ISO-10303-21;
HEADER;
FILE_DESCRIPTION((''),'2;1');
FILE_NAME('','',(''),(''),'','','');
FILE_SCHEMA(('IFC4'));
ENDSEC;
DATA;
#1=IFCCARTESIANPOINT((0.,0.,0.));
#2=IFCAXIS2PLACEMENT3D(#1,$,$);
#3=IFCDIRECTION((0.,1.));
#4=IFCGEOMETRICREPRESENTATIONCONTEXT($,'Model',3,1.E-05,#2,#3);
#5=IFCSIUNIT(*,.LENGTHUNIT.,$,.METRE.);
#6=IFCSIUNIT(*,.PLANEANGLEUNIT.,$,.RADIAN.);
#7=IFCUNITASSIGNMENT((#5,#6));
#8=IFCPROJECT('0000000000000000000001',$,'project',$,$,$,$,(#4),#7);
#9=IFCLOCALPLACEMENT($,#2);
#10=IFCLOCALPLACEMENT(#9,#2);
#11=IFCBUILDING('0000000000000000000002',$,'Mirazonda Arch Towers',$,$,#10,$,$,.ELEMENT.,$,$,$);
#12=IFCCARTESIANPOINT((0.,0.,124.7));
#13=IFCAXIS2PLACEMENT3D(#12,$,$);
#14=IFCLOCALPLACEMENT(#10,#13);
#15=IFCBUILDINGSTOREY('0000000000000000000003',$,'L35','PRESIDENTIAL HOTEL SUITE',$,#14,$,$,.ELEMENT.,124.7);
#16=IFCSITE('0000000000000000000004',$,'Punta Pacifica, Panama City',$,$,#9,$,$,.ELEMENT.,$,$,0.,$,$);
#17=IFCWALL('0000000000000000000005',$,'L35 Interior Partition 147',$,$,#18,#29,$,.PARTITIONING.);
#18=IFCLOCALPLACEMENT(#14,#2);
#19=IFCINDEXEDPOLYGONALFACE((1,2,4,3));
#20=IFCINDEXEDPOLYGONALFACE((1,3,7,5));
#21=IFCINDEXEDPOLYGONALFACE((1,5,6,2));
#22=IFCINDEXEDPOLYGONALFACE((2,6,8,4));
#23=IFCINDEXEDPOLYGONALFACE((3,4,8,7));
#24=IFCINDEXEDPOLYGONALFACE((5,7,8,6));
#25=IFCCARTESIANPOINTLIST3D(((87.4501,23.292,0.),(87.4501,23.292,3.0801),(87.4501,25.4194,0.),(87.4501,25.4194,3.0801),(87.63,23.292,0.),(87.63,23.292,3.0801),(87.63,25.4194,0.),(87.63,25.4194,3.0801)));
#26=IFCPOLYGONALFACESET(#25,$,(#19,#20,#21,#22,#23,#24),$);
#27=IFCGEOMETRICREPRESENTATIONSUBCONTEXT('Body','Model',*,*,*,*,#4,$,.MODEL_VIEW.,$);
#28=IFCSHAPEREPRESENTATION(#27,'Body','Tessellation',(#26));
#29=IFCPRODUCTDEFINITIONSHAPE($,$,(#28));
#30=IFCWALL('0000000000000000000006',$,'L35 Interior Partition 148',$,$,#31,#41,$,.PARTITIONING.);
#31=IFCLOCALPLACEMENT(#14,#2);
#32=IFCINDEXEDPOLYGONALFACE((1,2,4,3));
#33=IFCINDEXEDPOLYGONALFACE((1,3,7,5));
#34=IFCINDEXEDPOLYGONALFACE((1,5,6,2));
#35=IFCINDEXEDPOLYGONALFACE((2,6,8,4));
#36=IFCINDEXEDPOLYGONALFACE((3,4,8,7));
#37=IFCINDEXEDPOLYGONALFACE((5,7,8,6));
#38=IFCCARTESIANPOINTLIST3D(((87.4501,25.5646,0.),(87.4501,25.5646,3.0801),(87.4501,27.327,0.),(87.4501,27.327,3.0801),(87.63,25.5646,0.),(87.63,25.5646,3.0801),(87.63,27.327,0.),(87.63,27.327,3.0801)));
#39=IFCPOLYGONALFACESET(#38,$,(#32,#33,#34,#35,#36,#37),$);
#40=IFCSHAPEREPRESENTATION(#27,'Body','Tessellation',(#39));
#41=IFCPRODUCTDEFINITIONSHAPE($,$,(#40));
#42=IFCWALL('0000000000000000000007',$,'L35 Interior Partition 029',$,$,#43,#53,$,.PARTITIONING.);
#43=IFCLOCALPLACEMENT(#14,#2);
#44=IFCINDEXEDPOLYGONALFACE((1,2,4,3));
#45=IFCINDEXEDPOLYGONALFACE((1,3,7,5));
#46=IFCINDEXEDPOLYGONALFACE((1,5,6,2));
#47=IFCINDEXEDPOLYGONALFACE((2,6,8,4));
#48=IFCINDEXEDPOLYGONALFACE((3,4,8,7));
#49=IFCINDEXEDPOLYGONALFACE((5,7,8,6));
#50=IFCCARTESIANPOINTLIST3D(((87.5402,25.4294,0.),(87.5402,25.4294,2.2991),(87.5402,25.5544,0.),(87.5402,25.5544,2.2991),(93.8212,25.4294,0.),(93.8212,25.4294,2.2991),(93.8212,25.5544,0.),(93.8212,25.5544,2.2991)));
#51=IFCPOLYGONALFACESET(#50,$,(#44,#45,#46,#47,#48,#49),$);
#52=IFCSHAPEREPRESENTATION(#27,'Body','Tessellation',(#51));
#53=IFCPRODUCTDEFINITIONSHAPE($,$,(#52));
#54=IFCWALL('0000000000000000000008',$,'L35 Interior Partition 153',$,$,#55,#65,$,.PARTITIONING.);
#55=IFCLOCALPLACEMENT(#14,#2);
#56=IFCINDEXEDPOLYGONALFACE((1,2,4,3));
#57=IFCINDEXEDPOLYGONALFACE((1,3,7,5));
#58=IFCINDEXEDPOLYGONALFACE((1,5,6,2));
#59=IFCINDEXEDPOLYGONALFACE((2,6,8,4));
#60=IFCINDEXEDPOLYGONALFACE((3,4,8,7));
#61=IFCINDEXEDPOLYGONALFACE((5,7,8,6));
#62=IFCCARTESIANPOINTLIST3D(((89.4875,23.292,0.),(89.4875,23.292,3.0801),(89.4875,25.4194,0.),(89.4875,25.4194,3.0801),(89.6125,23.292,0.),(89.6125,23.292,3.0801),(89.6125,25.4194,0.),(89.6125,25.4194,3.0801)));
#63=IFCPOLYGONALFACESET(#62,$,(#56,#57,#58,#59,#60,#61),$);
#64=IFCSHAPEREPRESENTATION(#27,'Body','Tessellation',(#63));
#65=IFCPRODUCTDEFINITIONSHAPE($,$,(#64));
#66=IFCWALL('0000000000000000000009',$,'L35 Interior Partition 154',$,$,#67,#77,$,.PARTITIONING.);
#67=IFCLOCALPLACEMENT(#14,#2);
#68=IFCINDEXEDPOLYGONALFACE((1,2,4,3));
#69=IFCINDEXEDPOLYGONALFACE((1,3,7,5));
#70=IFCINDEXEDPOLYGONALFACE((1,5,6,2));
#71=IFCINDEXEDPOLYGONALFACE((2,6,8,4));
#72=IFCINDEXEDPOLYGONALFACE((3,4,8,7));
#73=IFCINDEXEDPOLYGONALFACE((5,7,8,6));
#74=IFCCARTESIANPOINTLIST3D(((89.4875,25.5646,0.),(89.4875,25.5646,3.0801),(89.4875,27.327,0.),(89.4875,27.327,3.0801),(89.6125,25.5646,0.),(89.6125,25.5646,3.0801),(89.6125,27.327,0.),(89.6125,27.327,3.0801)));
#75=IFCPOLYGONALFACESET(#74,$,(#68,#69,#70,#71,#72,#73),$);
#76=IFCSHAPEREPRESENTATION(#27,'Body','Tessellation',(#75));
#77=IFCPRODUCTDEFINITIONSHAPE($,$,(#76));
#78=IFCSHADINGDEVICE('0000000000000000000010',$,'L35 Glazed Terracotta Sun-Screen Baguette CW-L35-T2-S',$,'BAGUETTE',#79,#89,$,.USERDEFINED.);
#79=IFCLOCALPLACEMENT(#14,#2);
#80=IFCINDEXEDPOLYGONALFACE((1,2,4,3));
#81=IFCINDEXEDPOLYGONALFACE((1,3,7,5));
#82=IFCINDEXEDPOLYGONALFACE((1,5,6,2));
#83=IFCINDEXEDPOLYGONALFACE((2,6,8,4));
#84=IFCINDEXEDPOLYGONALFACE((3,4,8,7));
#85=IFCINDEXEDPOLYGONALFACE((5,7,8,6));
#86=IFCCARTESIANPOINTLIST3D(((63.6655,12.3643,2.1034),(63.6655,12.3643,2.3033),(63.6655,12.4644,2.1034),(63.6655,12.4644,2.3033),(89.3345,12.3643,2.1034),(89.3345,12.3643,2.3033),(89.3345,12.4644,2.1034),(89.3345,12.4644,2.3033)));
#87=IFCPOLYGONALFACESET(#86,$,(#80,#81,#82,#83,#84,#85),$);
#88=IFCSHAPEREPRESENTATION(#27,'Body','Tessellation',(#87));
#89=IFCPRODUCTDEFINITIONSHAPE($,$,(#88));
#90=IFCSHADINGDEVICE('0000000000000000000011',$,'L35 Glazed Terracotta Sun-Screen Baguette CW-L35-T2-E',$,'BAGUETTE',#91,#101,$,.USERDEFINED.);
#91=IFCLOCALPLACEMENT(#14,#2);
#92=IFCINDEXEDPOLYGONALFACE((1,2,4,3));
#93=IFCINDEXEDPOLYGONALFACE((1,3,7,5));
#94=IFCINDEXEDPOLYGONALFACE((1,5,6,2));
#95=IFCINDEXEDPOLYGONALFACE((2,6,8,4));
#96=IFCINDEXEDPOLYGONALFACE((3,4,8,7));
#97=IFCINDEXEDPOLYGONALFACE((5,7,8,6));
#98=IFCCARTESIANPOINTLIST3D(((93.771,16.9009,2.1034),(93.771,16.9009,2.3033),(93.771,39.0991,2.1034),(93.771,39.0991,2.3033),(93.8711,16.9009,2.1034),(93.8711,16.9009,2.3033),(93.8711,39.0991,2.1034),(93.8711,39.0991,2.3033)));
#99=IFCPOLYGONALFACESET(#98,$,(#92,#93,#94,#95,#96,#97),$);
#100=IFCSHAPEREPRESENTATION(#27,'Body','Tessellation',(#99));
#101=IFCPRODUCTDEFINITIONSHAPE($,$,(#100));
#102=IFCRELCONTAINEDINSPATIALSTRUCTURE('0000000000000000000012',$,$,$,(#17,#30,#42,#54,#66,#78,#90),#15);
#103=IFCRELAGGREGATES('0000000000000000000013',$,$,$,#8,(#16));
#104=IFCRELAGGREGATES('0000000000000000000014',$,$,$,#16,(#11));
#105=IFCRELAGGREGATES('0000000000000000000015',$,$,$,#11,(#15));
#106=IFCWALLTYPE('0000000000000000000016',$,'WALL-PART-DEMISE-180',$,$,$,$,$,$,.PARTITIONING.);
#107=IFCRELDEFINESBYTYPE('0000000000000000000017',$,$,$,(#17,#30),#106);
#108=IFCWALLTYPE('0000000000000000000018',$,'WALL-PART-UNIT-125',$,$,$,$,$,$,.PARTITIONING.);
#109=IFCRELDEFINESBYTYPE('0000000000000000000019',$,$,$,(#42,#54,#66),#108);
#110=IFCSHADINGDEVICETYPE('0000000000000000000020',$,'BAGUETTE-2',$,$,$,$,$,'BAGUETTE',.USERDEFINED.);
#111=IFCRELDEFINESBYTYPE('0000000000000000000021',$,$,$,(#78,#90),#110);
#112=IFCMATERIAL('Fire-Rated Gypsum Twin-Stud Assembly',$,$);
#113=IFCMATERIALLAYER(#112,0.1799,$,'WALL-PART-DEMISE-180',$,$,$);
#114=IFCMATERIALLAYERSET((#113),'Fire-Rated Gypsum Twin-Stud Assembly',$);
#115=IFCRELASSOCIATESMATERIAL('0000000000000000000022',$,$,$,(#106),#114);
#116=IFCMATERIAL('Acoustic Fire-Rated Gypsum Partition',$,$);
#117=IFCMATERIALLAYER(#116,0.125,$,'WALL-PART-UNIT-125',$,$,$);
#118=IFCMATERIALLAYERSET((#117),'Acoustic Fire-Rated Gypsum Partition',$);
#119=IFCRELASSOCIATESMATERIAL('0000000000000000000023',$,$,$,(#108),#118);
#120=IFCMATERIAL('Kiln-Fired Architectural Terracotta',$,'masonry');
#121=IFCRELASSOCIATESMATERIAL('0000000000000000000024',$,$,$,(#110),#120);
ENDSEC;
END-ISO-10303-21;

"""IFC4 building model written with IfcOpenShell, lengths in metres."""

from ifc_helpers import new_model, si_unit, direction, frame, frame_2d, origin, origin_2d, place, context, subcontext, project, spatial, rectangle, extrude, material, layer, layer_set, material_profile, profile_set, type_object, element, save


model = new_model("IFC4")

# Units and contexts
model_context = context("Model", 3, precision=1e-05, world=origin(), true_north=direction((0.0, 1.0)))
body_context = subcontext(model_context, "Body", "Model", "MODEL_VIEW")
ifc_project = project(units=[si_unit("LENGTHUNIT", "METRE"), si_unit("PLANEANGLEUNIT", "RADIAN")], contexts=[model_context])

# Site, building, storey
site_placement = place(None, origin())
site = spatial("IfcSite", under=ifc_project, at=site_placement, Name="Punta Pacifica, Panama City", CompositionType="ELEMENT", RefElevation=0.0)
building_placement = place(site_placement, origin())
building = spatial("IfcBuilding", under=site, at=building_placement, Name="Mirazonda Arch Towers", CompositionType="ELEMENT")
storey_placement = place(building_placement, frame((0.0, 0.0, 124.7)))
storey = spatial("IfcBuildingStorey", under=building, at=storey_placement, Name="L35", Description="PRESIDENTIAL HOTEL SUITE", CompositionType="ELEMENT", Elevation=124.7)

# Shared definitions
ifc_material_1 = material(Name="Fire-Rated Gypsum Twin-Stud Assembly")
ifc_layer_1 = layer(ifc_material_1, 0.1799, Name="WALL-PART-DEMISE-180")
ifc_layer_set_1 = layer_set([ifc_layer_1], Name="Fire-Rated Gypsum Twin-Stud Assembly")
wall_type_1 = type_object("IfcWallType", Name="WALL-PART-DEMISE-180", PredefinedType="PARTITIONING", material=ifc_layer_set_1)

# Walls
wall_1_placement = place(storey_placement, frame((87.54, 23.292, 0.0), z_axis=(0.0, 0.0, 1.0), x_axis=(0.0, 1.0, 0.0)))
element("IfcWall", 1, at=wall_1_placement, inside=storey, type_object=wall_type_1, Name="L35 Interior Partition 147", PredefinedType="PARTITIONING", context=body_context, shape_type="SweptSolid", body=[
    extrude(rectangle(XDim=2.1274, YDim=0.1799, at=frame_2d((1.0637, 0.0))), origin(), (0.0, 0.0, 1.0), 3.0801),
])
wall_2_placement = place(storey_placement, frame((87.54, 25.5645, 0.0), z_axis=(0.0, 0.0, 1.0), x_axis=(0.0, 1.0, 0.0)))
element("IfcWall", 2, at=wall_2_placement, inside=storey, type_object=wall_type_1, Name="L35 Interior Partition 148", PredefinedType="PARTITIONING", context=body_context, shape_type="SweptSolid", body=[
    extrude(rectangle(XDim=1.7625, YDim=0.1799, at=frame_2d((0.8813, 0.0))), origin(), (0.0, 0.0, 1.0), 3.0801),
])
ifc_material_2 = material(Name="Acoustic Fire-Rated Gypsum Partition")
ifc_layer_2 = layer(ifc_material_2, 0.125, Name="WALL-PART-UNIT-125")
ifc_layer_set_2 = layer_set([ifc_layer_2], Name="Acoustic Fire-Rated Gypsum Partition")
wall_type_2 = type_object("IfcWallType", Name="WALL-PART-UNIT-125", PredefinedType="PARTITIONING", material=ifc_layer_set_2)
wall_3_placement = place(storey_placement, frame((87.54, 25.4919, 0.0), z_axis=(0.0, 0.0, 1.0), x_axis=(1.0, 0.0, 0.0)))
element("IfcWall", 3, at=wall_3_placement, inside=storey, type_object=wall_type_2, Name="L35 Interior Partition 029", PredefinedType="PARTITIONING", context=body_context, shape_type="SweptSolid", body=[
    extrude(rectangle(XDim=6.281, YDim=0.125, at=frame_2d((3.1406, 0.0))), origin(), (0.0, 0.0, 1.0), 2.2991),
])
wall_4_placement = place(storey_placement, frame((89.55, 23.292, 0.0), z_axis=(0.0, 0.0, 1.0), x_axis=(0.0, 1.0, 0.0)))
element("IfcWall", 4, at=wall_4_placement, inside=storey, type_object=wall_type_2, Name="L35 Interior Partition 153", PredefinedType="PARTITIONING", context=body_context, shape_type="SweptSolid", body=[
    extrude(rectangle(XDim=2.1274, YDim=0.125, at=frame_2d((1.0637, 0.0))), origin(), (0.0, 0.0, 1.0), 3.0801),
])
wall_5_placement = place(storey_placement, frame((89.55, 25.5645, 0.0), z_axis=(0.0, 0.0, 1.0), x_axis=(0.0, 1.0, 0.0)))
element("IfcWall", 5, at=wall_5_placement, inside=storey, type_object=wall_type_2, Name="L35 Interior Partition 154", PredefinedType="PARTITIONING", context=body_context, shape_type="SweptSolid", body=[
    extrude(rectangle(XDim=1.7625, YDim=0.125, at=frame_2d((0.8813, 0.0))), origin(), (0.0, 0.0, 1.0), 3.0801),
])

# Shading devices
ifc_material_3 = material(Name="Kiln-Fired Architectural Terracotta", Category="masonry")
ifc_material_profile_1 = material_profile(ifc_material_3, rectangle(XDim=0.1001, YDim=0.2, at=origin_2d()), Name="TERRA-BAG-100x200")
ifc_profile_set_1 = profile_set([ifc_material_profile_1], Name="Kiln-Fired Architectural Terracotta")
shading_device_type = type_object("IfcShadingDeviceType", Name="BAGUETTE-2", ElementType="BAGUETTE", PredefinedType="USERDEFINED", material=ifc_profile_set_1)
shading_device_1_placement = place(storey_placement, frame((89.3345, 12.4143, 2.2034), z_axis=(-1.0, 0.0, 0.0), x_axis=(0.0, -1.0, 0.0)))
element("IfcShadingDevice", 6, at=shading_device_1_placement, inside=storey, type_object=shading_device_type, Name="L35 Glazed Terracotta Sun-Screen Baguette CW-L35-T2-S", ObjectType="BAGUETTE", PredefinedType="USERDEFINED", context=body_context, shape_type="SweptSolid", body=[
    extrude(rectangle(XDim=0.1001, YDim=0.2, at=origin_2d()), origin(), (0.0, 0.0, 1.0), 25.6689),
])
shading_device_2_placement = place(storey_placement, frame((93.821, 16.9009, 2.2034), z_axis=(0.0, 1.0, 0.0), x_axis=(-1.0, 0.0, 0.0)))
element("IfcShadingDevice", 7, at=shading_device_2_placement, inside=storey, type_object=shading_device_type, Name="L35 Glazed Terracotta Sun-Screen Baguette CW-L35-T2-E", ObjectType="BAGUETTE", PredefinedType="USERDEFINED", context=body_context, shape_type="SweptSolid", body=[
    extrude(rectangle(XDim=0.1001, YDim=0.2, at=origin_2d()), origin(), (0.0, 0.0, 1.0), 22.1982),
])

save(model, "model.ifc")
